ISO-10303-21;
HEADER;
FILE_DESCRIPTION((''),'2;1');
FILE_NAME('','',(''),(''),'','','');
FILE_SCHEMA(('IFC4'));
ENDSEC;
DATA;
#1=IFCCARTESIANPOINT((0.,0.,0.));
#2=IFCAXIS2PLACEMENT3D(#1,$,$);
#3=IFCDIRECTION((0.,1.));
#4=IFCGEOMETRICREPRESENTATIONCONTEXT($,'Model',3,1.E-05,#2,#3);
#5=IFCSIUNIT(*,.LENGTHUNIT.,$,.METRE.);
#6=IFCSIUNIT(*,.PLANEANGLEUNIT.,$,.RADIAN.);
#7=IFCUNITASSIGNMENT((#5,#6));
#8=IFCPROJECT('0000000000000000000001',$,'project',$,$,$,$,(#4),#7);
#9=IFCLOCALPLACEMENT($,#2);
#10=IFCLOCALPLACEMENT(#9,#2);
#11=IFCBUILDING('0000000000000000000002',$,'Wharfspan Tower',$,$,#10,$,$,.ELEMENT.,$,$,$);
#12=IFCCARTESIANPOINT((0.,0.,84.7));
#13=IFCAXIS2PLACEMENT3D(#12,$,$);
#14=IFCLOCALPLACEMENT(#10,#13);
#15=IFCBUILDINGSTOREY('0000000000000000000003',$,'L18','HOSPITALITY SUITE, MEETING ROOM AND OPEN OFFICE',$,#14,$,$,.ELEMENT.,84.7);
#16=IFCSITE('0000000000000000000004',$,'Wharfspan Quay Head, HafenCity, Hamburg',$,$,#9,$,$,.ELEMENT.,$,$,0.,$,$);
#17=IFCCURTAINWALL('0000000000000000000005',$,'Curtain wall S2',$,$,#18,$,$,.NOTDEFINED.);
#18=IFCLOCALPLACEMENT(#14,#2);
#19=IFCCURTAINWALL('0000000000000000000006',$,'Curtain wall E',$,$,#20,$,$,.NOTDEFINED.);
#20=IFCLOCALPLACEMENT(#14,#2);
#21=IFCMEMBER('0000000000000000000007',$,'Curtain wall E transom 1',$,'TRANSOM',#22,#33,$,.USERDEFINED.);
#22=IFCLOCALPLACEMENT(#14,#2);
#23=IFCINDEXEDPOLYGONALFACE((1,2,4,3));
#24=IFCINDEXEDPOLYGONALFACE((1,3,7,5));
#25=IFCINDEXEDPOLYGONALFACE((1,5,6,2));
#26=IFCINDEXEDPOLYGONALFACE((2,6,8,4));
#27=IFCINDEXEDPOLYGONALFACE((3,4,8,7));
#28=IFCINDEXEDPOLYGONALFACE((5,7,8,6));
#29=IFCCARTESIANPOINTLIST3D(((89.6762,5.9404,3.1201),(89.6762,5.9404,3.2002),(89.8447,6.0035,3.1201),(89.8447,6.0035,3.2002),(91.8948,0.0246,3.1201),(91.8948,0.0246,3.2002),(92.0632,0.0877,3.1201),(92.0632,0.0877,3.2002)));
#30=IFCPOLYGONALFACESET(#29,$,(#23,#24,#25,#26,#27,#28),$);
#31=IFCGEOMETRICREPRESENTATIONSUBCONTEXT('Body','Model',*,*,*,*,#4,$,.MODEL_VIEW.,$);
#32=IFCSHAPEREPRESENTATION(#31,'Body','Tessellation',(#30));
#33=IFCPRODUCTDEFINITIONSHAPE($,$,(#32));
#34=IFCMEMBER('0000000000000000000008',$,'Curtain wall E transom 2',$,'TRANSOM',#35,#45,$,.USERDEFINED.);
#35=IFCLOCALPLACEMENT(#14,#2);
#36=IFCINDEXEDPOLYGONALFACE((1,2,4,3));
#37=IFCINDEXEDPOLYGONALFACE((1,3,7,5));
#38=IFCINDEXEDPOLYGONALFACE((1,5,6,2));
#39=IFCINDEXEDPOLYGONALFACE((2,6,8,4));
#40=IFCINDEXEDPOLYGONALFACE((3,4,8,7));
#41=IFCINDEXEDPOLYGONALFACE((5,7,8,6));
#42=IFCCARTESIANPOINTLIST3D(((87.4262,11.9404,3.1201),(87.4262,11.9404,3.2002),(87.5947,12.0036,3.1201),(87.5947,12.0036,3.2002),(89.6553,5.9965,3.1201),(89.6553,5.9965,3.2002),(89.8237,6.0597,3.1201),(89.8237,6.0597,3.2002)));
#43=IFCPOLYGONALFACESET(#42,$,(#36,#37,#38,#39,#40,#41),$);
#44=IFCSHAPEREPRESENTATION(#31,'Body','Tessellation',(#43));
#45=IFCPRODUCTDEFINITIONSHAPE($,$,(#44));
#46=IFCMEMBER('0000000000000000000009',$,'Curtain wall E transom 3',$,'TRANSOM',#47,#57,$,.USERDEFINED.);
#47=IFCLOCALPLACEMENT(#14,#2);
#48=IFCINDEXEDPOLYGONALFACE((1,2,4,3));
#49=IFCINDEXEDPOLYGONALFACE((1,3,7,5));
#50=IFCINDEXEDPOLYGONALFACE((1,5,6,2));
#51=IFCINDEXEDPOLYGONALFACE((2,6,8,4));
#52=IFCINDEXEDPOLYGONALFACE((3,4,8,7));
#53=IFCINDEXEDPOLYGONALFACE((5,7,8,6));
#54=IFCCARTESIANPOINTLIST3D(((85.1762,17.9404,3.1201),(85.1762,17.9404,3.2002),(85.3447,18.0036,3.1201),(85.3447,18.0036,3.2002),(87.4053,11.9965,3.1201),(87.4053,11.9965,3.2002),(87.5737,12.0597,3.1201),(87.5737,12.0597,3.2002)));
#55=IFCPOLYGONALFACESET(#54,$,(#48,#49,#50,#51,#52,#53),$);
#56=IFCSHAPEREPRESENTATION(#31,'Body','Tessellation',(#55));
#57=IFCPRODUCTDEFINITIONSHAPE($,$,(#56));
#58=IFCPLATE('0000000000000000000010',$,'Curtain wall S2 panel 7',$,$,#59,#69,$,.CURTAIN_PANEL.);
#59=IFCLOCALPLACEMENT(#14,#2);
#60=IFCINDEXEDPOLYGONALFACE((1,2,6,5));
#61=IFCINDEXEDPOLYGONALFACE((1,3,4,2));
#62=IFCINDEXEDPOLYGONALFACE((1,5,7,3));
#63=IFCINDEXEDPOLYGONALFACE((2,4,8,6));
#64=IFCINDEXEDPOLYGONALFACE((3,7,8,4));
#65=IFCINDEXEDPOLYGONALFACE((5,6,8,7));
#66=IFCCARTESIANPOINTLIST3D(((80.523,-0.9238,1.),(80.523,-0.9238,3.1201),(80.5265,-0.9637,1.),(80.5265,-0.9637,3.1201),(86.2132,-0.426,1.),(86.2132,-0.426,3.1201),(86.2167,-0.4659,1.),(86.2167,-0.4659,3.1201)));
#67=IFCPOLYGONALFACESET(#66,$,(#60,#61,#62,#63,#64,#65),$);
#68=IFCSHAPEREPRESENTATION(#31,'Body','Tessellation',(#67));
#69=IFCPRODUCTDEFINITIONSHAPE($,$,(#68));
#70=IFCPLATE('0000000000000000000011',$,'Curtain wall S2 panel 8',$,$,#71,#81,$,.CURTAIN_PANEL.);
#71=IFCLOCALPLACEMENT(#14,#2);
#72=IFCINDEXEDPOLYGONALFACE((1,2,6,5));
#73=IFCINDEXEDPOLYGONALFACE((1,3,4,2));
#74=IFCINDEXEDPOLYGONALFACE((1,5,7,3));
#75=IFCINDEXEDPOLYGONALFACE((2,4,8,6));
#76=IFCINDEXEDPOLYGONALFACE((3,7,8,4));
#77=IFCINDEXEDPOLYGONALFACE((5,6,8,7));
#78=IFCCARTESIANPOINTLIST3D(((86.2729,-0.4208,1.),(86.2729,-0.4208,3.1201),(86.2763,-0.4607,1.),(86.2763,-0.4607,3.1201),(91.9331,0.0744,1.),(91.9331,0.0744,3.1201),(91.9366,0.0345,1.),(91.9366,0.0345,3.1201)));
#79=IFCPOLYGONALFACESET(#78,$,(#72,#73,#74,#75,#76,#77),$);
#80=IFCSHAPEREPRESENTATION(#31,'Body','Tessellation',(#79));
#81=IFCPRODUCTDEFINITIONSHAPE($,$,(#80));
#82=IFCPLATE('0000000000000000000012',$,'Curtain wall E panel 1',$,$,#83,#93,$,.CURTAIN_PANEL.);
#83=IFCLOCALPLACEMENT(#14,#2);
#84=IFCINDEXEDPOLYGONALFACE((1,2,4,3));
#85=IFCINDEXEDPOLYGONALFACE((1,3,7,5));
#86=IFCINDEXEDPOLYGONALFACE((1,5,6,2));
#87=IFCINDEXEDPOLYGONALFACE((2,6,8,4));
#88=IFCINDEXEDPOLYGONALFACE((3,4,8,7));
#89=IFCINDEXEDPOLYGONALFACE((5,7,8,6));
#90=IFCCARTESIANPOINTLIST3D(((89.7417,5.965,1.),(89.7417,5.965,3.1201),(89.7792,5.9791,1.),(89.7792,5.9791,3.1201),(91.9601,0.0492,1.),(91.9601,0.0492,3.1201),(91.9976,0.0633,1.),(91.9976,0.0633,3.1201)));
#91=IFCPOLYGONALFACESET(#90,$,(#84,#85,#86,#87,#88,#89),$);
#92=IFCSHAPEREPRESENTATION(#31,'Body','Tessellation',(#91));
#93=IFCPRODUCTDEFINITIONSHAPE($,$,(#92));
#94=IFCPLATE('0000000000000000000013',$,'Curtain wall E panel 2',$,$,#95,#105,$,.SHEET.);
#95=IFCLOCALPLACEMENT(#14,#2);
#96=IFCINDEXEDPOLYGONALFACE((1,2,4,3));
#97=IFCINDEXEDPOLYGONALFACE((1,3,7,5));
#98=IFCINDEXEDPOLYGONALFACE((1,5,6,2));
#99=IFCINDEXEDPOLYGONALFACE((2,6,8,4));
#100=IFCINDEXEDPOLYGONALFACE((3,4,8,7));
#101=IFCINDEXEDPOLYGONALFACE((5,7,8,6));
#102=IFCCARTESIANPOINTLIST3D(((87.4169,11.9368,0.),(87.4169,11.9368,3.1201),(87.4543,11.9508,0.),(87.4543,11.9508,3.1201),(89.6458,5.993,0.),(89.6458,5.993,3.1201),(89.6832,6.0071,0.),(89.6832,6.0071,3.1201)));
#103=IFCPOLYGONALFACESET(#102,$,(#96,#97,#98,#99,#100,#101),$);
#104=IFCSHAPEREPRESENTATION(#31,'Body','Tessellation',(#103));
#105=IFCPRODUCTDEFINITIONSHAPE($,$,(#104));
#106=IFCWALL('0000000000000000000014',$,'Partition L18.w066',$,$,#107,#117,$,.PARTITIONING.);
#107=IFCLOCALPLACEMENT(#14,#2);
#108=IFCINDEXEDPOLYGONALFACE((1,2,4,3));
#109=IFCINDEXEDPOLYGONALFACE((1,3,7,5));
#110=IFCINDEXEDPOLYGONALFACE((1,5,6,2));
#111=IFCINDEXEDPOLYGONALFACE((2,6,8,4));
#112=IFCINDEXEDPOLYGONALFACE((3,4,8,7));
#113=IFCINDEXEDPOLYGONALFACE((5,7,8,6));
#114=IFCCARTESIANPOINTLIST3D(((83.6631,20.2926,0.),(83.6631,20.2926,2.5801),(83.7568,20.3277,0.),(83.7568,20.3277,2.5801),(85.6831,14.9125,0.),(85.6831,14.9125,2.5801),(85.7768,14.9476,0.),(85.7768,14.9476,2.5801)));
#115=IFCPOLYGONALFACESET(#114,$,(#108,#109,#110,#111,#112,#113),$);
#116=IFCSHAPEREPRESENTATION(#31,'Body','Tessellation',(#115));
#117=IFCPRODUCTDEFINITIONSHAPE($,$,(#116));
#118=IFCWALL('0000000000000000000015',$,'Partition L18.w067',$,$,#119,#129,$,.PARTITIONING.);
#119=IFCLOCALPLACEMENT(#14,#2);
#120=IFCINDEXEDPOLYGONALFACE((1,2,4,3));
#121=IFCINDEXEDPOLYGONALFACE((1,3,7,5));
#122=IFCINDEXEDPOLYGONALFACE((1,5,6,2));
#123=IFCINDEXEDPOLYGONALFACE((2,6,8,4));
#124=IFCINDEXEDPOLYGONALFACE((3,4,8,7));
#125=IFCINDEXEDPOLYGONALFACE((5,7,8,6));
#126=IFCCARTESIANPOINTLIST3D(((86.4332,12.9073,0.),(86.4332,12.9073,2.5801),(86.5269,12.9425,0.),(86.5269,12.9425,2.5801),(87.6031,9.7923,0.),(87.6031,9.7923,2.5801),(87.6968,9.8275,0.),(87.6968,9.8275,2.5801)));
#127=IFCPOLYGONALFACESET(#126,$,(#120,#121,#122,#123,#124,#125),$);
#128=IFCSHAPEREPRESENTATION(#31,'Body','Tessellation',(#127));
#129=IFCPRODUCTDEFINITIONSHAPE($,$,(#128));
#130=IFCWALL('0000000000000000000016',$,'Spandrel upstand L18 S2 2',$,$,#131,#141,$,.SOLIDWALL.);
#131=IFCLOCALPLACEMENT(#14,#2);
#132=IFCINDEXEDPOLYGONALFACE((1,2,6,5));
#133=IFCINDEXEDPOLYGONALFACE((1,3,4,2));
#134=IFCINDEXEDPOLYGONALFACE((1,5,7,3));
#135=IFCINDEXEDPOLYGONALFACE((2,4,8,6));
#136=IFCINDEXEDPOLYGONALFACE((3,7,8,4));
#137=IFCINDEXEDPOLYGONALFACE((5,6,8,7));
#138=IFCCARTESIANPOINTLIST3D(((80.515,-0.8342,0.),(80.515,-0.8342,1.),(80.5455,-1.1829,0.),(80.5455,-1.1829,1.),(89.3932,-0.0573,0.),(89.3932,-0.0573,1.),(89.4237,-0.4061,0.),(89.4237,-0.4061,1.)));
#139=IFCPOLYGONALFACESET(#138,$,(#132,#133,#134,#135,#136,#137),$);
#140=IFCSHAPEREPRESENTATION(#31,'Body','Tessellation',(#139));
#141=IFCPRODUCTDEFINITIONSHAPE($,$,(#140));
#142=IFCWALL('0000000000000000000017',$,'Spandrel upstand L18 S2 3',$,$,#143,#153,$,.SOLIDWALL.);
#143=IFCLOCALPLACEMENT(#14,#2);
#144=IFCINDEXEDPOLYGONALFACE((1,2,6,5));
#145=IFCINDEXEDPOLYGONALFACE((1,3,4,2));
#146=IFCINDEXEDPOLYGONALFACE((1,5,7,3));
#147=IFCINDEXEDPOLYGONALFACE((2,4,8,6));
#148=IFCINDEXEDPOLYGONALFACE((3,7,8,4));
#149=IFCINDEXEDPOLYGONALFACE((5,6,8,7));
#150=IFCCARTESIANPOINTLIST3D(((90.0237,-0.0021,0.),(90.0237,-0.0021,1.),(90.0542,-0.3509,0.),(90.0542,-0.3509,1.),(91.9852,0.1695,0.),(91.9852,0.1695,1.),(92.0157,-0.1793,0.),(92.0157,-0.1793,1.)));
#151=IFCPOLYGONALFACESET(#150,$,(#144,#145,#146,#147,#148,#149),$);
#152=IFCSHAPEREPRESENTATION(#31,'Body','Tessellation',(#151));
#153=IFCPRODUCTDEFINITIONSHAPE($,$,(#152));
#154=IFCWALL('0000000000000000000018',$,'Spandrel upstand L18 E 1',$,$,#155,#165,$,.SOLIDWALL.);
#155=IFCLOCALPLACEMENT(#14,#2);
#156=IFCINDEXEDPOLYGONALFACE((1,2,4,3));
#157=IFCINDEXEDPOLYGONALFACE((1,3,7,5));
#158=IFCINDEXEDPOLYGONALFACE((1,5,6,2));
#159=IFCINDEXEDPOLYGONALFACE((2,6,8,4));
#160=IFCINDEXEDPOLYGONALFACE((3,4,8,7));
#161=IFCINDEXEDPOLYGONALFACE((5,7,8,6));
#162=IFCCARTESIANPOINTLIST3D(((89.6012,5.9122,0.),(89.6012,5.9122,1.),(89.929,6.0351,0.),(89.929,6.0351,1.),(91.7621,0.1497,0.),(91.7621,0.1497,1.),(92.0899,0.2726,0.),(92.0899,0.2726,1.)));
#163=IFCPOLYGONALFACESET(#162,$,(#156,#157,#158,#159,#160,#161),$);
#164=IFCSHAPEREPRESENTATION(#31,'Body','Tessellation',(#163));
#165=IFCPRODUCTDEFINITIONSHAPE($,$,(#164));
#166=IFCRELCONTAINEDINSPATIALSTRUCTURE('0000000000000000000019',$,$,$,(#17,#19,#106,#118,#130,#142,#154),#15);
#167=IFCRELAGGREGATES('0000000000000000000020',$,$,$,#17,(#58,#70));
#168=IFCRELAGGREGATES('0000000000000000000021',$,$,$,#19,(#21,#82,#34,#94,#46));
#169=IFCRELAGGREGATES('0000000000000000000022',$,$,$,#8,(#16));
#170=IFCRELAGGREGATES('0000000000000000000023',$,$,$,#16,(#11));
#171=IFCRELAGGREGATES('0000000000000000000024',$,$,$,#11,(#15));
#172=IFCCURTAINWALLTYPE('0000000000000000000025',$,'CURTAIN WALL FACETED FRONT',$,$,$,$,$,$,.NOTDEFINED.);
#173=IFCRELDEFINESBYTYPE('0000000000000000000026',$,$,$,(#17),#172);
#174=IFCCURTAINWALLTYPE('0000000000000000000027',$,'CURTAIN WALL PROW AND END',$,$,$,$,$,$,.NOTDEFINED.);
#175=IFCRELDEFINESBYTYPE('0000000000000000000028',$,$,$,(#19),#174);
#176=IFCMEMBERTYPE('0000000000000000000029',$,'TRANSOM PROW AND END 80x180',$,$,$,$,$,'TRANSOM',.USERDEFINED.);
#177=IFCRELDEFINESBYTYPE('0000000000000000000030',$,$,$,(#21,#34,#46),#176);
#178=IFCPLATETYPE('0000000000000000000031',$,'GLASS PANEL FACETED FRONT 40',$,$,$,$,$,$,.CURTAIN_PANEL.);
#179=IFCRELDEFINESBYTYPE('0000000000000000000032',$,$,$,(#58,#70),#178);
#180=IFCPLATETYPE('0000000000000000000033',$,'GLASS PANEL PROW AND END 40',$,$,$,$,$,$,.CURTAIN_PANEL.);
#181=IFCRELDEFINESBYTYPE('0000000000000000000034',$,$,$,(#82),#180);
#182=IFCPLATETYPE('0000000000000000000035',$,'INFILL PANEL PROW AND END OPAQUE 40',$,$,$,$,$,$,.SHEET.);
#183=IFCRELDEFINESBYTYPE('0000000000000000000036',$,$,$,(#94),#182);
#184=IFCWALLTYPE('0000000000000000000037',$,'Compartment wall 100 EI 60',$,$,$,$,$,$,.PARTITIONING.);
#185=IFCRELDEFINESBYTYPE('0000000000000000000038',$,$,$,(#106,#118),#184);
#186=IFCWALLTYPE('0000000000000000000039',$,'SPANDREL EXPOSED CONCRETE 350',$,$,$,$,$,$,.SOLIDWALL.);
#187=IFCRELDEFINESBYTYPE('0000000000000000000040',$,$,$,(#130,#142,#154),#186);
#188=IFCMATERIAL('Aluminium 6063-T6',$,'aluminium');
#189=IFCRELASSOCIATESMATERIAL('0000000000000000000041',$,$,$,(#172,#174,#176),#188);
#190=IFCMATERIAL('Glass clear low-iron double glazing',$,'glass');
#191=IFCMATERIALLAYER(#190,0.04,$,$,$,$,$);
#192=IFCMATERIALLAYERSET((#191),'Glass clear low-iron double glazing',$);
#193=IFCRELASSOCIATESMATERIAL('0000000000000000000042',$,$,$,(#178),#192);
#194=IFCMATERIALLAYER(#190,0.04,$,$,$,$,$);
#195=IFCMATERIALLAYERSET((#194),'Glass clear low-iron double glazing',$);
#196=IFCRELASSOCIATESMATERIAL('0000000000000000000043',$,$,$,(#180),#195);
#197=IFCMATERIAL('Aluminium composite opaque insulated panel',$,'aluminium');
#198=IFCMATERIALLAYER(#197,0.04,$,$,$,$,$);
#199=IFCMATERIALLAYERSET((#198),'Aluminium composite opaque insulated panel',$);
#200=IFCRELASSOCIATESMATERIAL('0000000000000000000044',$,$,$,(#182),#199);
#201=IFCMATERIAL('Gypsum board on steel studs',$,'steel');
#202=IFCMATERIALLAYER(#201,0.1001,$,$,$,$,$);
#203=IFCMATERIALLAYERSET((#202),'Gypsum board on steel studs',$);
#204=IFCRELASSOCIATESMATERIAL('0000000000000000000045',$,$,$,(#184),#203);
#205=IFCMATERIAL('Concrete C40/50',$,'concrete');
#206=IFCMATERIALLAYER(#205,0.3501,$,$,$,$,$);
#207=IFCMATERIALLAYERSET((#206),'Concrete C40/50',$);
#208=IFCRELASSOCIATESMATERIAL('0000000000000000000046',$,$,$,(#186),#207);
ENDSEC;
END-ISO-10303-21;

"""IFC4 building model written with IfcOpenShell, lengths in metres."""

from ifc_helpers import new_model, si_unit, direction, frame, frame_2d, origin, origin_2d, place, context, subcontext, project, spatial, rectangle, extrude, material, layer, layer_set, material_profile, profile_set, type_object, element, aggregate, save


model = new_model("IFC4")

# Units and contexts
model_context = context("Model", 3, precision=1e-05, world=origin(), true_north=direction((0.0, 1.0)))
body_context = subcontext(model_context, "Body", "Model", "MODEL_VIEW")
ifc_project = project(units=[si_unit("LENGTHUNIT", "METRE"), si_unit("PLANEANGLEUNIT", "RADIAN")], contexts=[model_context])

# Site, building, storey
site_placement = place(None, origin())
site = spatial("IfcSite", under=ifc_project, at=site_placement, Name="Wharfspan Quay Head, HafenCity, Hamburg", CompositionType="ELEMENT", RefElevation=0.0)
building_placement = place(site_placement, origin())
building = spatial("IfcBuilding", under=site, at=building_placement, Name="Wharfspan Tower", CompositionType="ELEMENT")
storey_placement = place(building_placement, frame((0.0, 0.0, 84.7)))
storey = spatial("IfcBuildingStorey", under=building, at=storey_placement, Name="L18", Description="HOSPITALITY SUITE, MEETING ROOM AND OPEN OFFICE", CompositionType="ELEMENT", Elevation=84.7)

# Curtain walls
ifc_material_1 = material(Name="Aluminium 6063-T6", Category="aluminium")
curtain_wall_type_1 = type_object("IfcCurtainWallType", Name="CURTAIN WALL FACETED FRONT", PredefinedType="NOTDEFINED", material=ifc_material_1)
curtain_wall_1_placement = place(storey_placement, origin())
curtain_wall_1 = element("IfcCurtainWall", 1, at=curtain_wall_1_placement, inside=storey, type_object=curtain_wall_type_1, Name="Curtain wall S2", PredefinedType="NOTDEFINED")
curtain_wall_type_2 = type_object("IfcCurtainWallType", Name="CURTAIN WALL PROW AND END", PredefinedType="NOTDEFINED", material=ifc_material_1)
curtain_wall_2_placement = place(storey_placement, origin())
curtain_wall_2 = element("IfcCurtainWall", 2, at=curtain_wall_2_placement, inside=storey, type_object=curtain_wall_type_2, Name="Curtain wall E", PredefinedType="NOTDEFINED")

# Members
ifc_material_profile_1 = material_profile(ifc_material_1, rectangle(XDim=0.1799, YDim=0.0801, at=origin_2d()))
ifc_profile_set_1 = profile_set([ifc_material_profile_1], Name="Aluminium 6063-T6")
member_type_1 = type_object("IfcMemberType", Name="TRANSOM PROW AND END 80x180", ElementType="TRANSOM", PredefinedType="USERDEFINED", material=ifc_profile_set_1)
member_1_placement = place(storey_placement, frame((91.979, 0.0562, 3.1602), z_axis=(-0.351136, 0.936324, 0.0), x_axis=(-0.936324, -0.351136, 0.0)))
member_1 = element("IfcMember", 3, at=member_1_placement, type_object=member_type_1, Name="Curtain wall E transom 1", ObjectType="TRANSOM", PredefinedType="USERDEFINED", context=body_context, shape_type="SweptSolid", body=[
    extrude(rectangle(XDim=0.1799, YDim=0.0801, at=origin_2d()), origin(), (0.0, 0.0, 1.0), 6.3181),
])
member_2_placement = place(storey_placement, frame((89.7395, 6.0281, 3.1602), z_axis=(-0.351132, 0.936326, 0.0), x_axis=(-0.936326, -0.351132, 0.0)))
member_2 = element("IfcMember", 4, at=member_2_placement, type_object=member_type_1, Name="Curtain wall E transom 2", ObjectType="TRANSOM", PredefinedType="USERDEFINED", context=body_context, shape_type="SweptSolid", body=[
    extrude(rectangle(XDim=0.1799, YDim=0.0801, at=origin_2d()), origin(), (0.0, 0.0, 1.0), 6.3481),
])
member_3_placement = place(storey_placement, frame((87.4895, 12.0281, 3.1602), z_axis=(-0.351132, 0.936326, 0.0), x_axis=(-0.936326, -0.351132, 0.0)))
member_3 = element("IfcMember", 5, at=member_3_placement, type_object=member_type_1, Name="Curtain wall E transom 3", ObjectType="TRANSOM", PredefinedType="USERDEFINED", context=body_context, shape_type="SweptSolid", body=[
    extrude(rectangle(XDim=0.1799, YDim=0.0801, at=origin_2d()), origin(), (0.0, 0.0, 1.0), 6.3481),
])

# Plates
ifc_material_2 = material(Name="Glass clear low-iron double glazing", Category="glass")
ifc_layer_1 = layer(ifc_material_2, 0.04)
ifc_layer_set_1 = layer_set([ifc_layer_1], Name="Glass clear low-iron double glazing")
plate_type_1 = type_object("IfcPlateType", Name="GLASS PANEL FACETED FRONT 40", PredefinedType="CURTAIN_PANEL", material=ifc_layer_set_1)
plate_1_placement = place(storey_placement, frame((83.3699, -0.6948, 1.0), z_axis=(0.0, 0.0, 1.0), x_axis=(0.996197, 0.087156, 0.0)))
plate_1 = element("IfcPlate", 6, at=plate_1_placement, type_object=plate_type_1, Name="Curtain wall S2 panel 7", PredefinedType="CURTAIN_PANEL", context=body_context, shape_type="SweptSolid", body=[
    extrude(rectangle(XDim=5.7119, YDim=0.04, at=origin_2d()), origin(), (0.0, 0.0, 1.0), 2.1201),
])
plate_2_placement = place(storey_placement, frame((89.1047, -0.1931, 1.0), z_axis=(0.0, 0.0, 1.0), x_axis=(0.996197, 0.087156, 0.0)))
plate_2 = element("IfcPlate", 7, at=plate_2_placement, type_object=plate_type_1, Name="Curtain wall S2 panel 8", PredefinedType="CURTAIN_PANEL", context=body_context, shape_type="SweptSolid", body=[
    extrude(rectangle(XDim=5.6819, YDim=0.04, at=origin_2d()), origin(), (0.0, 0.0, 1.0), 2.1201),
])
aggregate(curtain_wall_1, [plate_1, plate_2])
ifc_layer_2 = layer(ifc_material_2, 0.04)
ifc_layer_set_2 = layer_set([ifc_layer_2], Name="Glass clear low-iron double glazing")
plate_type_2 = type_object("IfcPlateType", Name="GLASS PANEL PROW AND END 40", PredefinedType="CURTAIN_PANEL", material=ifc_layer_set_2)
plate_3_placement = place(storey_placement, frame((90.8696, 3.0142, 1.0), z_axis=(0.0, 0.0, 1.0), x_axis=(-0.351123, 0.936328, 0.0)))
plate_3 = element("IfcPlate", 8, at=plate_3_placement, type_object=plate_type_2, Name="Curtain wall E panel 1", PredefinedType="CURTAIN_PANEL", context=body_context, shape_type="SweptSolid", body=[
    extrude(rectangle(XDim=6.3181, YDim=0.04, at=origin_2d()), origin(), (0.0, 0.0, 1.0), 2.1201),
])
ifc_material_3 = material(Name="Aluminium composite opaque insulated panel", Category="aluminium")
ifc_layer_3 = layer(ifc_material_3, 0.04)
ifc_layer_set_3 = layer_set([ifc_layer_3], Name="Aluminium composite opaque insulated panel")
plate_type_3 = type_object("IfcPlateType", Name="INFILL PANEL PROW AND END OPAQUE 40", PredefinedType="SHEET", material=ifc_layer_set_3)
plate_4_placement = place(storey_placement, frame((88.55, 8.9719, 0.0), z_axis=(0.0, 0.0, 1.0), x_axis=(-0.351123, 0.936328, 0.0)))
plate_4 = element("IfcPlate", 9, at=plate_4_placement, type_object=plate_type_3, Name="Curtain wall E panel 2", PredefinedType="SHEET", context=body_context, shape_type="SweptSolid", body=[
    extrude(rectangle(XDim=6.3479, YDim=0.04, at=origin_2d()), origin(), (0.0, 0.0, 1.0), 3.1201),
])
aggregate(curtain_wall_2, [member_1, plate_3, member_2, plate_4, member_3])

# Walls
ifc_material_4 = material(Name="Gypsum board on steel studs", Category="steel")
ifc_layer_4 = layer(ifc_material_4, 0.1001)
ifc_layer_set_4 = layer_set([ifc_layer_4], Name="Gypsum board on steel studs")
wall_type_1 = type_object("IfcWallType", Name="Compartment wall 100 EI 60", PredefinedType="PARTITIONING", material=ifc_layer_set_4)
wall_1_placement = place(storey_placement, frame((85.73, 14.9299, 0.0), z_axis=(0.0, 0.0, 1.0), x_axis=(-0.351501, 0.936189, 0.0)))
element("IfcWall", 10, at=wall_1_placement, inside=storey, type_object=wall_type_1, Name="Partition L18.w066", PredefinedType="PARTITIONING", context=body_context, shape_type="SweptSolid", body=[
    extrude(rectangle(XDim=5.7468, YDim=0.1001, at=frame_2d((2.8735, 0.0))), origin(), (0.0, 0.0, 1.0), 2.5801),
])
wall_2_placement = place(storey_placement, frame((87.6499, 9.8101, 0.0), z_axis=(0.0, 0.0, 1.0), x_axis=(-0.351597, 0.936149, 0.0)))
element("IfcWall", 11, at=wall_2_placement, inside=storey, type_object=wall_type_1, Name="Partition L18.w067", PredefinedType="PARTITIONING", context=body_context, shape_type="SweptSolid", body=[
    extrude(rectangle(XDim=3.3274, YDim=0.1001, at=frame_2d((1.6636, 0.0))), origin(), (0.0, 0.0, 1.0), 2.5801),
])
ifc_material_5 = material(Name="Concrete C40/50", Category="concrete")
ifc_layer_5 = layer(ifc_material_5, 0.3501)
ifc_layer_set_5 = layer_set([ifc_layer_5], Name="Concrete C40/50")
wall_type_2 = type_object("IfcWallType", Name="SPANDREL EXPOSED CONCRETE 350", PredefinedType="SOLIDWALL", material=ifc_layer_set_5)
wall_3_placement = place(storey_placement, frame((80.5303, -1.0085, 0.0), z_axis=(0.0, 0.0, 1.0), x_axis=(0.996198, 0.087169, 0.0)))
element("IfcWall", 12, at=wall_3_placement, inside=storey, type_object=wall_type_2, Name="Spandrel upstand L18 S2 2", PredefinedType="SOLIDWALL", context=body_context, shape_type="SweptSolid", body=[
    extrude(rectangle(XDim=8.9121, YDim=0.3501, at=frame_2d((4.4561, 0.0))), origin(), (0.0, 0.0, 1.0), 1.0),
])
wall_4_placement = place(storey_placement, frame((90.0391, -0.1765, 0.0), z_axis=(0.0, 0.0, 1.0), x_axis=(0.996193, 0.08717, 0.0)))
element("IfcWall", 13, at=wall_4_placement, inside=storey, type_object=wall_type_2, Name="Spandrel upstand L18 S2 3", PredefinedType="SOLIDWALL", context=body_context, shape_type="SweptSolid", body=[
    extrude(rectangle(XDim=1.969, YDim=0.3501, at=frame_2d((0.9844, 0.0))), origin(), (0.0, 0.0, 1.0), 1.0),
])
wall_5_placement = place(storey_placement, frame((91.926, 0.2112, 0.0), z_axis=(0.0, 0.0, 1.0), x_axis=(-0.351118, 0.936328, 0.0)))
element("IfcWall", 14, at=wall_5_placement, inside=storey, type_object=wall_type_2, Name="Spandrel upstand L18 E 1", PredefinedType="SOLIDWALL", context=body_context, shape_type="SweptSolid", body=[
    extrude(rectangle(XDim=6.1543, YDim=0.3501, at=frame_2d((3.0771, 0.0))), origin(), (0.0, 0.0, 1.0), 1.0),
])

save(model, "model.ifc")
